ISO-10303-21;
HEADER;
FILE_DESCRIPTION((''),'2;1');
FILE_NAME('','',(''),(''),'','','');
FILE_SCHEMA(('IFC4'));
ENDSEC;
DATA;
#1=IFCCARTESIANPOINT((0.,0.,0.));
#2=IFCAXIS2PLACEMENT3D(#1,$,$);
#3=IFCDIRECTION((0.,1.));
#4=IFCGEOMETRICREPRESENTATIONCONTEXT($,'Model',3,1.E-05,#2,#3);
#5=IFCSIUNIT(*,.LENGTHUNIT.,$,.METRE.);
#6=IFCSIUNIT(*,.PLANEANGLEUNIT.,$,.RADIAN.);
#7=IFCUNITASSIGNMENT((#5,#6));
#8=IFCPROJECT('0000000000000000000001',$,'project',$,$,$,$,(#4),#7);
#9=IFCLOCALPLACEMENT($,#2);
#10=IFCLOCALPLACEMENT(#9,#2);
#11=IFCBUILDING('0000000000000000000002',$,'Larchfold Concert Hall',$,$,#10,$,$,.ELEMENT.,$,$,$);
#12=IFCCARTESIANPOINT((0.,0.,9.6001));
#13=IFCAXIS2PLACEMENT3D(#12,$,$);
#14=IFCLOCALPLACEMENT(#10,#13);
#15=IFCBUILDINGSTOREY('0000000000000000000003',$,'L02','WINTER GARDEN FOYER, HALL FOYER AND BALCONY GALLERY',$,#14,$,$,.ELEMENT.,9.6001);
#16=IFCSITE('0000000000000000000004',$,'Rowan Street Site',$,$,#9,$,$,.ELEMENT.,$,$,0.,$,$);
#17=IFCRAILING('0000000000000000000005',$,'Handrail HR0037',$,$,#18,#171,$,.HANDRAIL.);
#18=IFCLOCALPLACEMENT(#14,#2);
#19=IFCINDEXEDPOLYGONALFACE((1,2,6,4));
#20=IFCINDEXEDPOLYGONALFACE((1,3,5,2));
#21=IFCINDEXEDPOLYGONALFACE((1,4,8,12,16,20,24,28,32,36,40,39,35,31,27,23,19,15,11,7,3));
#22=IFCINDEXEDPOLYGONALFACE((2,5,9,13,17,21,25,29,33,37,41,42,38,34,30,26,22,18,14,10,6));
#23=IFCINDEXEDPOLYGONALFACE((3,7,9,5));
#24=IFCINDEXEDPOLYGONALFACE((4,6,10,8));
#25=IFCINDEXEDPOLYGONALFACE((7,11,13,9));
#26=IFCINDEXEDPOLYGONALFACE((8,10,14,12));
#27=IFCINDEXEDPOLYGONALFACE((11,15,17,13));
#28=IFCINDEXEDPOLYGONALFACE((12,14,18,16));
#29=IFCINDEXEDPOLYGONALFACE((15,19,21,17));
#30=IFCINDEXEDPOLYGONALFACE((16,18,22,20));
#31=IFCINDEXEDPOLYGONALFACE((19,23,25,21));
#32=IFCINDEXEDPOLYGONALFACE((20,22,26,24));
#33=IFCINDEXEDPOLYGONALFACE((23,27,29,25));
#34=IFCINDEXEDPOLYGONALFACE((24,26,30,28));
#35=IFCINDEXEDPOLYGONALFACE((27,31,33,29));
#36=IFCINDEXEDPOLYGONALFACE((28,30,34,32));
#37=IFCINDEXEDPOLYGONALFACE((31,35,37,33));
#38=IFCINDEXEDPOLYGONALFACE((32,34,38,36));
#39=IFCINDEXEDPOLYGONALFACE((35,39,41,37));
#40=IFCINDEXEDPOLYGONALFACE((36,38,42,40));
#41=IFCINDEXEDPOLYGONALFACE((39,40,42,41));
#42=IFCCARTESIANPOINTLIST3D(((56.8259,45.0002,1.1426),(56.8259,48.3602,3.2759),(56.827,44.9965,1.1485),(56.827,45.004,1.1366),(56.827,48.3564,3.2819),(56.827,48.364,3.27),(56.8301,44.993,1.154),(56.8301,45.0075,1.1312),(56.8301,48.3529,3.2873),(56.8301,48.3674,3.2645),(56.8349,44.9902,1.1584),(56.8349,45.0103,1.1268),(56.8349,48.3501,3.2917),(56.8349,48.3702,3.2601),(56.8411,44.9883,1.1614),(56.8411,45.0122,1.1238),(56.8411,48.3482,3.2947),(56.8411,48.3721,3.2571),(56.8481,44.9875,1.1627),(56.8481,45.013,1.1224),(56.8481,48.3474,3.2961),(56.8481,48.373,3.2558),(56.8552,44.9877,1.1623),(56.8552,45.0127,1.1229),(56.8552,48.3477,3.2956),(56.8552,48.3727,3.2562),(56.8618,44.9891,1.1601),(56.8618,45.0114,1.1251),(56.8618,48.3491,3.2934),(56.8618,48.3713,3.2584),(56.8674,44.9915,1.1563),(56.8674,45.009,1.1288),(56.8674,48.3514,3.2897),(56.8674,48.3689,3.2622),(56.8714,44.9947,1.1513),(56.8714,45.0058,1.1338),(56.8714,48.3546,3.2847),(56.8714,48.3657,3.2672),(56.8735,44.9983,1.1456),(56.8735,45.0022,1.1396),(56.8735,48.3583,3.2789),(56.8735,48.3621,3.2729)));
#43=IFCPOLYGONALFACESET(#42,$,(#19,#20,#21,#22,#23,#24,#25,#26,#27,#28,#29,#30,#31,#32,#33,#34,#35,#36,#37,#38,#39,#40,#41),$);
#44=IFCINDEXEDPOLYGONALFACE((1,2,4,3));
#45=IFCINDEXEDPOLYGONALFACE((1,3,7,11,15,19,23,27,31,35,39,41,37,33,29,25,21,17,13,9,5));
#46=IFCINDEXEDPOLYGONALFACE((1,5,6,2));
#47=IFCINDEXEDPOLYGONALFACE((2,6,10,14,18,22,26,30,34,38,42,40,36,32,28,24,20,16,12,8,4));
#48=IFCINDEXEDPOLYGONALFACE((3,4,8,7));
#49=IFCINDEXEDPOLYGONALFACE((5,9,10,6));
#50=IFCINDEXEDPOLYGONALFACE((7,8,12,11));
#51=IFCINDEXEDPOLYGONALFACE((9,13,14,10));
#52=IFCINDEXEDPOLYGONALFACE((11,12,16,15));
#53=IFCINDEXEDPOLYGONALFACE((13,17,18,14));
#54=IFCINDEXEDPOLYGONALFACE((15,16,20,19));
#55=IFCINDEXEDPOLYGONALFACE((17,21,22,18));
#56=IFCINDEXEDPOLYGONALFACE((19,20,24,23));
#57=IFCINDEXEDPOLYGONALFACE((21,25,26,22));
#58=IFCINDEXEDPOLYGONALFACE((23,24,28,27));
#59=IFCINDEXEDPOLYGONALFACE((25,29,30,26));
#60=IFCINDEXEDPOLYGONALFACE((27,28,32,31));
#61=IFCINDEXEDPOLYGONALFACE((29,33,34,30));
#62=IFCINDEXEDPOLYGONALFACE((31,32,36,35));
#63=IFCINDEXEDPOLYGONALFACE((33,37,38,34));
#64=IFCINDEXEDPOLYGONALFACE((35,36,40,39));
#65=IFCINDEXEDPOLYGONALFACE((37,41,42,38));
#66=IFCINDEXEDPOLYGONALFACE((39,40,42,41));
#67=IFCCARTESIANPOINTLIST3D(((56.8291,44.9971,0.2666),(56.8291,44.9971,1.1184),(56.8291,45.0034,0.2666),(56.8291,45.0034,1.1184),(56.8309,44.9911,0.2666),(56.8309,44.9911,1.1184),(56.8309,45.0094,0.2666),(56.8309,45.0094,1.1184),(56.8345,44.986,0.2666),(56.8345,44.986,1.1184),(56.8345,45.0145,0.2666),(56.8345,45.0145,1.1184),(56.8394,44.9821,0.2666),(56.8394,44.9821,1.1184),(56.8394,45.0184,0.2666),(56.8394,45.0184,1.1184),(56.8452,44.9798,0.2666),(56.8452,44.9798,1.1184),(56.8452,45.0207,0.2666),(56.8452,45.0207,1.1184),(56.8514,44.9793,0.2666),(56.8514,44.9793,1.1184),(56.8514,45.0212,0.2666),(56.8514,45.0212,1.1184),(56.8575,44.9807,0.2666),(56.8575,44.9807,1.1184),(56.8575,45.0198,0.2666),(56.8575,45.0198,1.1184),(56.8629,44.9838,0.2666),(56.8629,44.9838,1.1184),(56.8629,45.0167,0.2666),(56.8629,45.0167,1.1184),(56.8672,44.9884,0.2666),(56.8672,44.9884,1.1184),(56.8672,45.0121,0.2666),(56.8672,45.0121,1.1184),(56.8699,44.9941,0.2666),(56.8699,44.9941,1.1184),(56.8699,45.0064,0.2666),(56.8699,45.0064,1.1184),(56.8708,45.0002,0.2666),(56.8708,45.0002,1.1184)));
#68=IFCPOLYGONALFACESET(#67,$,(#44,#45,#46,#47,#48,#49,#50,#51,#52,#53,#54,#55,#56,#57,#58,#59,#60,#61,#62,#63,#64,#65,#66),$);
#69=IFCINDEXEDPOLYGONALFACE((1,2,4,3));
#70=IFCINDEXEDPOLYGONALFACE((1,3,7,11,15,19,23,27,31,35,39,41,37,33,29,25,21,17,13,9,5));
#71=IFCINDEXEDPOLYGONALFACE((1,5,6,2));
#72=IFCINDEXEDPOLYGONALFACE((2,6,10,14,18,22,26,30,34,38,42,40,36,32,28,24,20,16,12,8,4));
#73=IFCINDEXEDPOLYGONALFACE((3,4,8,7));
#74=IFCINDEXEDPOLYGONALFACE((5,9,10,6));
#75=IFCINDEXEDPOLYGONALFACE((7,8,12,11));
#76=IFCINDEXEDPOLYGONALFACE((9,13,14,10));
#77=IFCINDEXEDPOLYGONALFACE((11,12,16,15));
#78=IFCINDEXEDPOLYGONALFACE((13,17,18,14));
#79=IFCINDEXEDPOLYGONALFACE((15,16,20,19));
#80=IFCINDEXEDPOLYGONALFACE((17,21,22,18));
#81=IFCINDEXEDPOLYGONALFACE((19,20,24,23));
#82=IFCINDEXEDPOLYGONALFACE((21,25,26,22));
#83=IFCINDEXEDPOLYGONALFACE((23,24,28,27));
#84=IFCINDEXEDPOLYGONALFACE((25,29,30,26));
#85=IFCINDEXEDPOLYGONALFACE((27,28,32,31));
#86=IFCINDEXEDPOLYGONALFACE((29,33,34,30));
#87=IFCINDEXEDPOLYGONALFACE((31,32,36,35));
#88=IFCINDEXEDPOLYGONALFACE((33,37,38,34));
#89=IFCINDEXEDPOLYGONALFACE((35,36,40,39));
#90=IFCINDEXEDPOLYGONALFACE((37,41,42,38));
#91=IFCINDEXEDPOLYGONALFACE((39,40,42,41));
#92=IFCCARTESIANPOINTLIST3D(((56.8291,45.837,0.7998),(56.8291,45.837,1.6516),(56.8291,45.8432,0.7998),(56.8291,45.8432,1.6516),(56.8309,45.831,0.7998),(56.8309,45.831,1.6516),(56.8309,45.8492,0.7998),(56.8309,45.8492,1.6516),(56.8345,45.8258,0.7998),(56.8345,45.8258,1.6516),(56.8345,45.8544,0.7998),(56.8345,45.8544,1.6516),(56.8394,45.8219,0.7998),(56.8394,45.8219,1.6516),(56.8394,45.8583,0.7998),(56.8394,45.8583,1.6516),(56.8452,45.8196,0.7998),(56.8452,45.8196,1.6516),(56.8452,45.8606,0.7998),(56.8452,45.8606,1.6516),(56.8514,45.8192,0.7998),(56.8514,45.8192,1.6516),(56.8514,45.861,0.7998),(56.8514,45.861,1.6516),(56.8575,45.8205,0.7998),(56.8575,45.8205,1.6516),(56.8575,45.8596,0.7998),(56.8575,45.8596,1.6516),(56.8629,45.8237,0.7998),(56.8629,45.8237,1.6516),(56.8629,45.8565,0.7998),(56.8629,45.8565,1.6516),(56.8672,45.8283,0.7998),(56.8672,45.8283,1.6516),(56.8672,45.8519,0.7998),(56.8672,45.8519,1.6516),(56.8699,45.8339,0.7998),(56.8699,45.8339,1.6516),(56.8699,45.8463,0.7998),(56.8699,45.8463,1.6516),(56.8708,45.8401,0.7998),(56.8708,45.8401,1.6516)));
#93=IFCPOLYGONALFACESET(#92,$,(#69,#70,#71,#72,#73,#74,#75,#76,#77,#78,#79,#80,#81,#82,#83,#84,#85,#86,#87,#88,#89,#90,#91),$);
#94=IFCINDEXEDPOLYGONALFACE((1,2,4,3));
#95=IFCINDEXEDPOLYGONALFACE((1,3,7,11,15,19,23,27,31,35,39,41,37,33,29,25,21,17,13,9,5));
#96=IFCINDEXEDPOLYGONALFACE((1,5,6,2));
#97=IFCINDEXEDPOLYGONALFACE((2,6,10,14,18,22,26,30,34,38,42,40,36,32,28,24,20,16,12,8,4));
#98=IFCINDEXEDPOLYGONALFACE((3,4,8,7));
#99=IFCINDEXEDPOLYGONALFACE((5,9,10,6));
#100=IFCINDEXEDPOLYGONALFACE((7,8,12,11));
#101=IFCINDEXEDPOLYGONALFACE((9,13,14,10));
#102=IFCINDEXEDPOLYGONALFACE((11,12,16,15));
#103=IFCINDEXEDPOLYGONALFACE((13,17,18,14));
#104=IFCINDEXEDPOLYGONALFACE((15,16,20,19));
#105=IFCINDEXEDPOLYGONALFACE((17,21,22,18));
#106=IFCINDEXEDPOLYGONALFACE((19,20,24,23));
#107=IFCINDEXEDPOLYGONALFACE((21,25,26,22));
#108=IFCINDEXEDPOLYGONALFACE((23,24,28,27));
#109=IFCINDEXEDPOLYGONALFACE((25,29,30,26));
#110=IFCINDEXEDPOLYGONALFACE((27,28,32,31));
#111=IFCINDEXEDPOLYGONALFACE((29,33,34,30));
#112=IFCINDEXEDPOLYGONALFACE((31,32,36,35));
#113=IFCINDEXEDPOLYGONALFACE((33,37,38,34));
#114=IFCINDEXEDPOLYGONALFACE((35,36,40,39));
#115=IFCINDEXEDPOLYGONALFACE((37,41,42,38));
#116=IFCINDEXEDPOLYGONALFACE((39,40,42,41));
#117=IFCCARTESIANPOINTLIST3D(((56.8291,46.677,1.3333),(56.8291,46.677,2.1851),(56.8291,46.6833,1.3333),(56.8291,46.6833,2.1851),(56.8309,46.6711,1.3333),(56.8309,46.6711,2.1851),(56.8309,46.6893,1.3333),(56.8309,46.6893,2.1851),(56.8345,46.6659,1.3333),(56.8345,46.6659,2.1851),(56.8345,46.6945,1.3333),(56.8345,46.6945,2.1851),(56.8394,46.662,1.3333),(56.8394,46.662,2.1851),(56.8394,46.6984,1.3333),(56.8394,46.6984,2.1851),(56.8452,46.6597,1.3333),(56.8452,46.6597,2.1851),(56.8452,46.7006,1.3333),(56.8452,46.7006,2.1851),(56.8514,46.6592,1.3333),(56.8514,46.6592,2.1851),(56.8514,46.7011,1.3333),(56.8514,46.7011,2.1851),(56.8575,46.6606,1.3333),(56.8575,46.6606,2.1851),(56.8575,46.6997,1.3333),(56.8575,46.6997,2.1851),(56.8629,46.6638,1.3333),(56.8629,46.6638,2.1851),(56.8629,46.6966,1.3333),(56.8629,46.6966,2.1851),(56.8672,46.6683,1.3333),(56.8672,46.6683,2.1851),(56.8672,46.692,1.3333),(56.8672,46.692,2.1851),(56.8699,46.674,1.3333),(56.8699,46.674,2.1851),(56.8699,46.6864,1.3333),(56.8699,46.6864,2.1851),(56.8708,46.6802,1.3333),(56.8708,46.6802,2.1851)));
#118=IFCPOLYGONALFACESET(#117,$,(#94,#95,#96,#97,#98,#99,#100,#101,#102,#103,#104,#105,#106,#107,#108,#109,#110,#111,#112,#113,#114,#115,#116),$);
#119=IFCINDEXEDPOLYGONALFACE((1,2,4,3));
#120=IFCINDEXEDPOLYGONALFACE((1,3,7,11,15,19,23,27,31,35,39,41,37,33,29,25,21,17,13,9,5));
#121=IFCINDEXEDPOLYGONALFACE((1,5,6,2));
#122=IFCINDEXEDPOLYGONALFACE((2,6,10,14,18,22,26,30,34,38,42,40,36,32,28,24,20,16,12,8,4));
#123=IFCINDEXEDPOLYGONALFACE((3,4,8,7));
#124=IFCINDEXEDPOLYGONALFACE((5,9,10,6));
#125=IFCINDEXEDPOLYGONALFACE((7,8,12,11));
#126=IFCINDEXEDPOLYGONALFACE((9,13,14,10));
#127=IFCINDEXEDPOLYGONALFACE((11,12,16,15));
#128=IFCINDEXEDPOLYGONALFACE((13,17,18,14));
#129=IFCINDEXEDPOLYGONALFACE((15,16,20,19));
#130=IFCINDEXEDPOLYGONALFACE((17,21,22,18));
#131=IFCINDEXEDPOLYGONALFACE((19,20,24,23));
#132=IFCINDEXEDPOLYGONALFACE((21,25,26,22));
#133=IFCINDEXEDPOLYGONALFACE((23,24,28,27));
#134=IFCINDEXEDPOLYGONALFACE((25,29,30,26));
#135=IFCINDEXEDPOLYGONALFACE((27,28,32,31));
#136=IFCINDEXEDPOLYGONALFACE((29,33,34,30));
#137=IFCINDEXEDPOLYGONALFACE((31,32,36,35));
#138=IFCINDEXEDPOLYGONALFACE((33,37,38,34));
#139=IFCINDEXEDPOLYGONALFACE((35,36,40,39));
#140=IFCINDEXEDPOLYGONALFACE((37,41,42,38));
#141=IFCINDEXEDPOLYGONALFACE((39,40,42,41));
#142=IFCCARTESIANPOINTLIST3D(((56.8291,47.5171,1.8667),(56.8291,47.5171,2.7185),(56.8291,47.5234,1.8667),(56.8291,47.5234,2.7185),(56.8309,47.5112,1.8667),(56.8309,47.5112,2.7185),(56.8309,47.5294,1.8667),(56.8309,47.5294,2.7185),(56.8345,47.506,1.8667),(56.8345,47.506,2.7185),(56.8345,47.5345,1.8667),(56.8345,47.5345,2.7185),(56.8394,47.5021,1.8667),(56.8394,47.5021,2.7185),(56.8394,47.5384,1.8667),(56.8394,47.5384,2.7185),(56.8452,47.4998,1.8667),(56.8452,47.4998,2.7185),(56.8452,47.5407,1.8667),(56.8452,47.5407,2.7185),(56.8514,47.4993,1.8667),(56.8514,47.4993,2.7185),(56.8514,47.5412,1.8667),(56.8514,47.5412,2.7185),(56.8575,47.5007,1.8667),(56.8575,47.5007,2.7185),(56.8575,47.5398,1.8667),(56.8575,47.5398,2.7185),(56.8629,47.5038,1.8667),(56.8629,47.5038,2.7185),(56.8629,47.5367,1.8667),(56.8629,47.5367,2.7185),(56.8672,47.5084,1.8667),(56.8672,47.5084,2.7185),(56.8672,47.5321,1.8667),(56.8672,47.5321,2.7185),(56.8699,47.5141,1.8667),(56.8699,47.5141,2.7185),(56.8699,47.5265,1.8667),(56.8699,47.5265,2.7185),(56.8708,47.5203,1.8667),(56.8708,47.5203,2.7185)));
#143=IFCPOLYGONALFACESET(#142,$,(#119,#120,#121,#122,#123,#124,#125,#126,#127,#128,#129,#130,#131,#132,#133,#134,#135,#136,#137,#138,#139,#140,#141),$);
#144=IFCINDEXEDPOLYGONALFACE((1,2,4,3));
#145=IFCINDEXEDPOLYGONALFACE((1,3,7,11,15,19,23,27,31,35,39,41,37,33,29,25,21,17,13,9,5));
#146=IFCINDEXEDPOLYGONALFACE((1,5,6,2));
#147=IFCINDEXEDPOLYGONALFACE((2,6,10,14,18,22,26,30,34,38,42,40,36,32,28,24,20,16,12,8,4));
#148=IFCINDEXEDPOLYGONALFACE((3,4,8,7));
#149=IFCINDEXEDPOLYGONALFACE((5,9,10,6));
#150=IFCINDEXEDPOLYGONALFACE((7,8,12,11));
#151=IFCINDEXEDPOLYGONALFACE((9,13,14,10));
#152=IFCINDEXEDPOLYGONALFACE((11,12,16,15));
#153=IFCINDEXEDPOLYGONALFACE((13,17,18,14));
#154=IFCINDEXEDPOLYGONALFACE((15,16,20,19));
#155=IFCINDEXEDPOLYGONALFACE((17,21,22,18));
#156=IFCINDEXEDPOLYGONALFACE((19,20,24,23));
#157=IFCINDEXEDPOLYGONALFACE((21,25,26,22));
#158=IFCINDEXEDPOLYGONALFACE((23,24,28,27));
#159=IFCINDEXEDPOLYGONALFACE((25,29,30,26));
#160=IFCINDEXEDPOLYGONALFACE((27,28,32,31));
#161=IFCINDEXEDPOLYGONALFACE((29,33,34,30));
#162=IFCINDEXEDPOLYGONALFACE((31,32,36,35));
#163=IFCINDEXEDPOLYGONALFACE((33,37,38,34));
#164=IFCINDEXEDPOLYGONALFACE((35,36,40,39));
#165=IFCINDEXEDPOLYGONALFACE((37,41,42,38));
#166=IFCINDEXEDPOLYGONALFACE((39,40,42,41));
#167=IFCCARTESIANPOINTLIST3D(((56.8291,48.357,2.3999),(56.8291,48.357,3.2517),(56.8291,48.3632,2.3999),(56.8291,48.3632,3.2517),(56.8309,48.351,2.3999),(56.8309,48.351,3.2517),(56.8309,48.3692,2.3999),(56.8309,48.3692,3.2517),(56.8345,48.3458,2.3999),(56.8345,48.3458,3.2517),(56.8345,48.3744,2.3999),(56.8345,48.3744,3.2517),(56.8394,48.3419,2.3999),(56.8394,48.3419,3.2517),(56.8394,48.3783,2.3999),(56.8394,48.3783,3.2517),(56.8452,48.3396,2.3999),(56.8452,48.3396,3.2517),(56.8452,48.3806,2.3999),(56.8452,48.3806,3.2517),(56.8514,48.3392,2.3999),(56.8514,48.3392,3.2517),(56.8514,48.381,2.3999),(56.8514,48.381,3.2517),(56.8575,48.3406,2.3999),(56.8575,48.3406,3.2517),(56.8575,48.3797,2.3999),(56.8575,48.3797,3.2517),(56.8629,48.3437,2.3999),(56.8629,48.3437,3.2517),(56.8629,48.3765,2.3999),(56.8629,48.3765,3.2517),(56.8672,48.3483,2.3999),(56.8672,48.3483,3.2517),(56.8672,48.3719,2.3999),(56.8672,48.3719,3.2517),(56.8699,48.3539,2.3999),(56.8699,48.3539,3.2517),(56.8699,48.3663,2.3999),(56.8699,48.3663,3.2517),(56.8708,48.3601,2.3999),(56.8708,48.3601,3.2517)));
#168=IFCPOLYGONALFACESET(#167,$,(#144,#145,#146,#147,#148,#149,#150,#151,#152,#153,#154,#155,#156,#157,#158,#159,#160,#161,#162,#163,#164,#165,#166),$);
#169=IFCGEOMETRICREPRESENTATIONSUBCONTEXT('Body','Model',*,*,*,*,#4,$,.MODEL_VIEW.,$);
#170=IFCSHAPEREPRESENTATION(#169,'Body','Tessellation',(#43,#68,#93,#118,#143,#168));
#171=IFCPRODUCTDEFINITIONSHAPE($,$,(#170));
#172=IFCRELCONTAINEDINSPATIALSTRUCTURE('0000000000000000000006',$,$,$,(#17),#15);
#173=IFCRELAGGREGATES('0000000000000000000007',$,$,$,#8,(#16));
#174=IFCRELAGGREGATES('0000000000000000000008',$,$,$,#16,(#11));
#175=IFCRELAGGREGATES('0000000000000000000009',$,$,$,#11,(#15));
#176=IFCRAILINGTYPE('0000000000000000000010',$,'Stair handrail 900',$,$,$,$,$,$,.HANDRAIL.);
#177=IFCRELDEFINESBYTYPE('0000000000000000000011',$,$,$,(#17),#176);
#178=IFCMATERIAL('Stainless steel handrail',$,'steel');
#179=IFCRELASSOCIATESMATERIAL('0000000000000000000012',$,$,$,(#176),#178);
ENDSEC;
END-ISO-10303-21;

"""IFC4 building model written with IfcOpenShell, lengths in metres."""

from ifc_helpers import new_model, si_unit, direction, frame, origin, origin_2d, place, context, subcontext, project, spatial, circle, extrude, material, type_object, element, save


model = new_model("IFC4")

# Units and contexts
model_context = context("Model", 3, precision=1e-05, world=origin(), true_north=direction((0.0, 1.0)))
body_context = subcontext(model_context, "Body", "Model", "MODEL_VIEW")
ifc_project = project(units=[si_unit("LENGTHUNIT", "METRE"), si_unit("PLANEANGLEUNIT", "RADIAN")], contexts=[model_context])

# Site, building, storey
site_placement = place(None, origin())
site = spatial("IfcSite", under=ifc_project, at=site_placement, Name="Rowan Street Site", CompositionType="ELEMENT", RefElevation=0.0)
building_placement = place(site_placement, origin())
building = spatial("IfcBuilding", under=site, at=building_placement, Name="Larchfold Concert Hall", CompositionType="ELEMENT")
storey_placement = place(building_placement, frame((0.0, 0.0, 9.6001)))
storey = spatial("IfcBuildingStorey", under=building, at=storey_placement, Name="L02", Description="WINTER GARDEN FOYER, HALL FOYER AND BALCONY GALLERY", CompositionType="ELEMENT", Elevation=9.6001)

# Railing
ifc_material_1 = material(Name="Stainless steel handrail", Category="steel")
railing_type_1 = type_object("IfcRailingType", Name="Stair handrail 900", PredefinedType="HANDRAIL", material=ifc_material_1)
railing_1_placement = place(storey_placement, frame((56.8499, 45.0002, 0.2666)))
element("IfcRailing", 1, at=railing_1_placement, inside=storey, type_object=railing_type_1, Name="Handrail HR0037", PredefinedType="HANDRAIL", context=body_context, shape_type="SweptSolid", body=[
    extrude(circle(Radius=0.0239, at=origin_2d()), frame((0.0, 0.0, 0.876), z_axis=(0.0, 0.844207, 0.536018), x_axis=(-1.0, 0.0, 0.0)), (0.0, 0.0, 1.0), 3.98),
    extrude(circle(Radius=0.021, at=origin_2d()), origin(), (0.0, 0.0, 1.0), 0.8518),
    extrude(circle(Radius=0.021, at=origin_2d()), frame((0.0, 0.8398, 0.5332)), (0.0, 0.0, 1.0), 0.8518),
    extrude(circle(Radius=0.021, at=origin_2d()), frame((0.0, 1.6799, 1.0667)), (0.0, 0.0, 1.0), 0.8518),
    extrude(circle(Radius=0.021, at=origin_2d()), frame((0.0, 2.52, 1.6001)), (0.0, 0.0, 1.0), 0.8518),
    extrude(circle(Radius=0.021, at=origin_2d()), frame((0.0, 3.3599, 2.1333)), (0.0, 0.0, 1.0), 0.8518),
])

save(model, "model.ifc")
